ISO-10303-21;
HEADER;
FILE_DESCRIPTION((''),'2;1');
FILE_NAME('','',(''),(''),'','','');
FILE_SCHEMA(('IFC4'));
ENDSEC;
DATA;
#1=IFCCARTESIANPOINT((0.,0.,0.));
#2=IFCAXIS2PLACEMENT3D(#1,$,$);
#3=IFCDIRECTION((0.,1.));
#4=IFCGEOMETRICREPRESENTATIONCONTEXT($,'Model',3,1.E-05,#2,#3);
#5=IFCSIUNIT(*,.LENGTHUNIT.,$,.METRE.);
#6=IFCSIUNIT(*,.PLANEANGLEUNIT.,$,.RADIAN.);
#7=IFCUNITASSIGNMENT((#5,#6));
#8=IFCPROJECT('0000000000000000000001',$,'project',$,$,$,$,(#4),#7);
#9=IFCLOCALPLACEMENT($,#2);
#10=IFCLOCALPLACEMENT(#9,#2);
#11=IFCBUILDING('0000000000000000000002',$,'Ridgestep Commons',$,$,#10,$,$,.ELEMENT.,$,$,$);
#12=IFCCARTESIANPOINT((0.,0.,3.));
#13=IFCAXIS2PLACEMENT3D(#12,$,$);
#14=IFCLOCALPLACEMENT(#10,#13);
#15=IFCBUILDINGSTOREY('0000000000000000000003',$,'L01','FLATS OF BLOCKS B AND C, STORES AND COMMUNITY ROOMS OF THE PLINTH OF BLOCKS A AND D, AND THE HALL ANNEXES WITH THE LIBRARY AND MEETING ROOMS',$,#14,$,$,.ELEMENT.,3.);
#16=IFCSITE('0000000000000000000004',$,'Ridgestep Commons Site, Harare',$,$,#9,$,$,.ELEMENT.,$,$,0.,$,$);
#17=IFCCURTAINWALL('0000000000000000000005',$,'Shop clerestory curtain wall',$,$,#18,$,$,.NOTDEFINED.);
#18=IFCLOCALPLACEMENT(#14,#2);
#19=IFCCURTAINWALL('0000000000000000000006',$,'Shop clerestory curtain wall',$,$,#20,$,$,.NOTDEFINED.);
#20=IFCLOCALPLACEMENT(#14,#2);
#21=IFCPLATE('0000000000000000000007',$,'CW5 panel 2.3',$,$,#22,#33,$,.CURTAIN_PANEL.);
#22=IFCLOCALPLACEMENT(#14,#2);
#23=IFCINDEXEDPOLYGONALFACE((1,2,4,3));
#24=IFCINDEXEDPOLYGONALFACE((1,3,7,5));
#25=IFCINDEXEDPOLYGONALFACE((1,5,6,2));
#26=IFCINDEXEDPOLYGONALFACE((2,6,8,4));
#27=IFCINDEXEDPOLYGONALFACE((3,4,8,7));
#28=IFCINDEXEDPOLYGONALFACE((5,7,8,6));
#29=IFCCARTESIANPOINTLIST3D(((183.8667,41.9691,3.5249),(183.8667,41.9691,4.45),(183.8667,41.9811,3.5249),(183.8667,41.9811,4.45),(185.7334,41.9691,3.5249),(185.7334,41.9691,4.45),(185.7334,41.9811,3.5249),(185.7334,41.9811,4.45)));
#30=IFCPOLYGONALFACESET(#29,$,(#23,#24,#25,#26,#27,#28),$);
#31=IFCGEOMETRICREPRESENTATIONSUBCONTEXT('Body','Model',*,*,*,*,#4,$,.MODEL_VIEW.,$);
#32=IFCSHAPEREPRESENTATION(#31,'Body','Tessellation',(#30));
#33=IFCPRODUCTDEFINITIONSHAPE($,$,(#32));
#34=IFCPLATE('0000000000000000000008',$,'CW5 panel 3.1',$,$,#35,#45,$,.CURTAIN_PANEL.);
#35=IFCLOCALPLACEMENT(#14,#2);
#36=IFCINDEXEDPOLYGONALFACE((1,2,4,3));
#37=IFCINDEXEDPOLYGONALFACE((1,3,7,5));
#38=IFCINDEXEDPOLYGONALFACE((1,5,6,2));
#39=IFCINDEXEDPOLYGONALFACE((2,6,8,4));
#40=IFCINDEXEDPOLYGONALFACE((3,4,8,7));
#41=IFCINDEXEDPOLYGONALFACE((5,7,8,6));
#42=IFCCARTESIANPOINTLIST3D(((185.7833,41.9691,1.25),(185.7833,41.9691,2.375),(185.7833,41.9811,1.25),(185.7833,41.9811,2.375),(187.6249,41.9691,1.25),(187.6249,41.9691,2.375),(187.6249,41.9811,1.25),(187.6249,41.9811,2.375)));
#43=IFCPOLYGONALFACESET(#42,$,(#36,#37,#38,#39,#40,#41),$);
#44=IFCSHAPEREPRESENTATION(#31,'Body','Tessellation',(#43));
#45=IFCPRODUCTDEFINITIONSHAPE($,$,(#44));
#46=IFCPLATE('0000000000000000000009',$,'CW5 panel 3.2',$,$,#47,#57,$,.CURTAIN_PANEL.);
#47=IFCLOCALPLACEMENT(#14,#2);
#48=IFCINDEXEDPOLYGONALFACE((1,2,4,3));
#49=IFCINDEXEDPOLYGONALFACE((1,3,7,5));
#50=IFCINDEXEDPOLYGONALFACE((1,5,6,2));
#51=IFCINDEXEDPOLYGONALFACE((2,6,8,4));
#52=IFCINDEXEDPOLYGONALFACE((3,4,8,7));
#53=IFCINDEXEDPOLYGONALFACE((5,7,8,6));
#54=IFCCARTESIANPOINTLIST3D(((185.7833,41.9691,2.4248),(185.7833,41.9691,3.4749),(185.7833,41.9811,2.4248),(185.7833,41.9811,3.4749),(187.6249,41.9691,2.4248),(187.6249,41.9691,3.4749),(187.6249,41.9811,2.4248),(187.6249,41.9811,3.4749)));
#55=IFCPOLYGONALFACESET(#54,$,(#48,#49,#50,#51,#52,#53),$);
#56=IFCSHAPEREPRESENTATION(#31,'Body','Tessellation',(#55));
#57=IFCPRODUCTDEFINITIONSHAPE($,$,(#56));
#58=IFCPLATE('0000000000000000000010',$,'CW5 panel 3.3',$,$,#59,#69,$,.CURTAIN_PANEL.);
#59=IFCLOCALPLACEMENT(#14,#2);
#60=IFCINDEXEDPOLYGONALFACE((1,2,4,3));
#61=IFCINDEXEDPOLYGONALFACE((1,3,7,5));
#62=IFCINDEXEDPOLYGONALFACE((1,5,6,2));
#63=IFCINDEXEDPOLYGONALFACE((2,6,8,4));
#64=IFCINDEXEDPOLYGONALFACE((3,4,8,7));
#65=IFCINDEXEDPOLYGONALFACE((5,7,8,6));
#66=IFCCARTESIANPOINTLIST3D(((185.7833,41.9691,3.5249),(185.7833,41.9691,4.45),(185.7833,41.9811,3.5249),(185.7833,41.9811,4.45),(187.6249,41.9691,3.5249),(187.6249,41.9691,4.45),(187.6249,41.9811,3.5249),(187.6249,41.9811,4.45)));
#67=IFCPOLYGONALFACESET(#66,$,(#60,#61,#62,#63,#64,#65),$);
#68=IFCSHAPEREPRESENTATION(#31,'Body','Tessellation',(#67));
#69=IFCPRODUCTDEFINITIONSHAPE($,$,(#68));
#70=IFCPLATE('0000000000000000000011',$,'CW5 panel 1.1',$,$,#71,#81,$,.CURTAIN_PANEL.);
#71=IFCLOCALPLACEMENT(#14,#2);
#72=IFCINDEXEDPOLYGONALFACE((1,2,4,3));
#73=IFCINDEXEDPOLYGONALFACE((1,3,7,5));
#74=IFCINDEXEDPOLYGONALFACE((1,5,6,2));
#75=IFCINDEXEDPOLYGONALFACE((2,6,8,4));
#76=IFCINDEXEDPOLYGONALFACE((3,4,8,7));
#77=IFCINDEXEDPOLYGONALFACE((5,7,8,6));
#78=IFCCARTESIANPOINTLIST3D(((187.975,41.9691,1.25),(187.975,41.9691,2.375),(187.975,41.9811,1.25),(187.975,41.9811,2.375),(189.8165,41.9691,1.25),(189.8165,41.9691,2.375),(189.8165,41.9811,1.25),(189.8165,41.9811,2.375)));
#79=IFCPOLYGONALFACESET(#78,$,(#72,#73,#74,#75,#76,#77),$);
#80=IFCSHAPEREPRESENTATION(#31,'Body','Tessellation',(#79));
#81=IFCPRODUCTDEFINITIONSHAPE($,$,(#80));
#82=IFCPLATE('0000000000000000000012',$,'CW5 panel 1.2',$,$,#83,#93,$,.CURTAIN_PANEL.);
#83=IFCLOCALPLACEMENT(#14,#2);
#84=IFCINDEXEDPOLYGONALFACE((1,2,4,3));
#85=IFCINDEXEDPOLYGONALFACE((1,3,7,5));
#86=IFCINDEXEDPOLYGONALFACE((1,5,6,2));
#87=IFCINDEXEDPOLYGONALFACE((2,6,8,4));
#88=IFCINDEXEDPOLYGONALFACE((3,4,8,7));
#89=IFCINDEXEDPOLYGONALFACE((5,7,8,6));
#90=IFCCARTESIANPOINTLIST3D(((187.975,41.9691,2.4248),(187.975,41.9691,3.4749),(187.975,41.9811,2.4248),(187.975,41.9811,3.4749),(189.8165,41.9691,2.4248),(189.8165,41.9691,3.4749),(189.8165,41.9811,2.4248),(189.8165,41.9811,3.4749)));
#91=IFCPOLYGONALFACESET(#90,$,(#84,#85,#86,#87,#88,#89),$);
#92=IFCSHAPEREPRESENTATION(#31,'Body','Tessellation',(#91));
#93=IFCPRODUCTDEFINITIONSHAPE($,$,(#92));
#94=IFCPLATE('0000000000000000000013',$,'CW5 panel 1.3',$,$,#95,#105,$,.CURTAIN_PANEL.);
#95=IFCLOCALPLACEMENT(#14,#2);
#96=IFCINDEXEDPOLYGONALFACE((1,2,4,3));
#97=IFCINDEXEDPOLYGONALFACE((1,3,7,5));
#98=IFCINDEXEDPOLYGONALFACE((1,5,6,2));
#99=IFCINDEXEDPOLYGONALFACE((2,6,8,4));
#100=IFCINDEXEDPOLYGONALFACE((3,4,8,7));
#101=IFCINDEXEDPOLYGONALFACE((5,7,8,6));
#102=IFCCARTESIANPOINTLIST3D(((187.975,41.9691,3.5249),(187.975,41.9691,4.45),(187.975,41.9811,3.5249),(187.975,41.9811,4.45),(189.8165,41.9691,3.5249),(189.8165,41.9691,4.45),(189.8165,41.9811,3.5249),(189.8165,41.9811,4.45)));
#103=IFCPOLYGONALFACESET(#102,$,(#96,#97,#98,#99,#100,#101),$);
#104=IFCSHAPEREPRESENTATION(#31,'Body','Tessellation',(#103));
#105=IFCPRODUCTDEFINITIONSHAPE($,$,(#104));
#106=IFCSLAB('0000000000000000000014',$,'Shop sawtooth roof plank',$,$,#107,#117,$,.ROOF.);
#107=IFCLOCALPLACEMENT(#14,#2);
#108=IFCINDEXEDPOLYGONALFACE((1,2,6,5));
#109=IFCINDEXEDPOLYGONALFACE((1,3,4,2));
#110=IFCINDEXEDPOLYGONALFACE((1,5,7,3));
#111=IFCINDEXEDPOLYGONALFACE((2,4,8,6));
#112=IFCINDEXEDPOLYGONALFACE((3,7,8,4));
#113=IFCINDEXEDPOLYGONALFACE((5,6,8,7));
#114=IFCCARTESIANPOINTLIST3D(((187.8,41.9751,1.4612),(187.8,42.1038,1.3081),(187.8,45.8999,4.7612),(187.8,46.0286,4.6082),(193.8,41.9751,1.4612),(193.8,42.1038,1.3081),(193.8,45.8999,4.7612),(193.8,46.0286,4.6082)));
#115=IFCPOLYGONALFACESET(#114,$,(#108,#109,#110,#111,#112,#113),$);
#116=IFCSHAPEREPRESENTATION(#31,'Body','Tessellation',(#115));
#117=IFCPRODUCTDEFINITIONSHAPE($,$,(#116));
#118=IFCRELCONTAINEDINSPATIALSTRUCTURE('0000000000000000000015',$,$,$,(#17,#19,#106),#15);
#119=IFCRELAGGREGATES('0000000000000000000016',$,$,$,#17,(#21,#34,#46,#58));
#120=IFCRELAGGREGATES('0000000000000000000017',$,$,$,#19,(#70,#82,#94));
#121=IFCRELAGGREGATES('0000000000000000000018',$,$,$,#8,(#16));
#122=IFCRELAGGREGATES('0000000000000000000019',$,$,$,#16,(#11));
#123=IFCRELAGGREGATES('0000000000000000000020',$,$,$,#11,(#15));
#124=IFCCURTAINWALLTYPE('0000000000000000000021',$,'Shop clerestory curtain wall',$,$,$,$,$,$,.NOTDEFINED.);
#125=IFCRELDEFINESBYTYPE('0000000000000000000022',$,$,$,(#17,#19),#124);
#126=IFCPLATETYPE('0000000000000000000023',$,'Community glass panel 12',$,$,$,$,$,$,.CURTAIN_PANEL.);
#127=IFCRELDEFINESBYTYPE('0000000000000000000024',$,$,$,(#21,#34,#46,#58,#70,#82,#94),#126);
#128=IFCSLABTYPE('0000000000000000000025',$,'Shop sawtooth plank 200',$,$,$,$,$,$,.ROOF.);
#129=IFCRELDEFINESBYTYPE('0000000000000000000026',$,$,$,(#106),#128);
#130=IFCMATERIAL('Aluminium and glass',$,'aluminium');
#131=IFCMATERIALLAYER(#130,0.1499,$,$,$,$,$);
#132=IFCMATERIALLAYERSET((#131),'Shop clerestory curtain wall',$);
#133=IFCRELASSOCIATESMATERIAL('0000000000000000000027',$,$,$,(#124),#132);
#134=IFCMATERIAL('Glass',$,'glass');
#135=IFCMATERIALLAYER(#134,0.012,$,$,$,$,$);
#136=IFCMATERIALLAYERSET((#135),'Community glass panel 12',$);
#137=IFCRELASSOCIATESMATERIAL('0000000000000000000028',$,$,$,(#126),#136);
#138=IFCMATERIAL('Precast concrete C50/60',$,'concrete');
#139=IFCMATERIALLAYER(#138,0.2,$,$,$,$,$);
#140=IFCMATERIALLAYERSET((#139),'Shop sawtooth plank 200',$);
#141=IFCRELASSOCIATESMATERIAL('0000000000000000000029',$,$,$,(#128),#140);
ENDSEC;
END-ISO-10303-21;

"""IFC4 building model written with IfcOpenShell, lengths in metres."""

from ifc_helpers import new_model, si_unit, direction, frame, origin, origin_2d, place, context, subcontext, project, spatial, polyline, rectangle, outline, extrude, material, layer, layer_set, type_object, element, aggregate, save


model = new_model("IFC4")

# Units and contexts
model_context = context("Model", 3, precision=1e-05, world=origin(), true_north=direction((0.0, 1.0)))
body_context = subcontext(model_context, "Body", "Model", "MODEL_VIEW")
ifc_project = project(units=[si_unit("LENGTHUNIT", "METRE"), si_unit("PLANEANGLEUNIT", "RADIAN")], contexts=[model_context])

# Site, building, storey
site_placement = place(None, origin())
site = spatial("IfcSite", under=ifc_project, at=site_placement, Name="Ridgestep Commons Site, Harare", CompositionType="ELEMENT", RefElevation=0.0)
building_placement = place(site_placement, origin())
building = spatial("IfcBuilding", under=site, at=building_placement, Name="Ridgestep Commons", CompositionType="ELEMENT")
storey_placement = place(building_placement, frame((0.0, 0.0, 3.0)))
storey = spatial("IfcBuildingStorey", under=building, at=storey_placement, Name="L01", Description="FLATS OF BLOCKS B AND C, STORES AND COMMUNITY ROOMS OF THE PLINTH OF BLOCKS A AND D, AND THE HALL ANNEXES WITH THE LIBRARY AND MEETING ROOMS", CompositionType="ELEMENT", Elevation=3.0)

# Curtain walls
ifc_material_1 = material(Name="Aluminium and glass", Category="aluminium")
ifc_layer_1 = layer(ifc_material_1, 0.1499)
ifc_layer_set_1 = layer_set([ifc_layer_1], Name="Shop clerestory curtain wall")
curtain_wall_type = type_object("IfcCurtainWallType", Name="Shop clerestory curtain wall", PredefinedType="NOTDEFINED", material=ifc_layer_set_1)
curtain_wall_1_placement = place(storey_placement, origin())
curtain_wall_1 = element("IfcCurtainWall", 1, at=curtain_wall_1_placement, inside=storey, type_object=curtain_wall_type, Name="Shop clerestory curtain wall", PredefinedType="NOTDEFINED")
curtain_wall_2_placement = place(storey_placement, origin())
curtain_wall_2 = element("IfcCurtainWall", 2, at=curtain_wall_2_placement, inside=storey, type_object=curtain_wall_type, Name="Shop clerestory curtain wall", PredefinedType="NOTDEFINED")

# Plates
ifc_material_2 = material(Name="Glass", Category="glass")
ifc_layer_2 = layer(ifc_material_2, 0.012)
ifc_layer_set_2 = layer_set([ifc_layer_2], Name="Community glass panel 12")
plate_type = type_object("IfcPlateType", Name="Community glass panel 12", PredefinedType="CURTAIN_PANEL", material=ifc_layer_set_2)
plate_1_placement = place(storey_placement, frame((184.8, 41.9751, 3.5249), z_axis=(0.0, 0.0, 1.0), x_axis=(1.0, 0.0, 0.0)))
plate_1 = element("IfcPlate", 3, at=plate_1_placement, type_object=plate_type, Name="CW5 panel 2.3", PredefinedType="CURTAIN_PANEL", context=body_context, shape_type="SweptSolid", body=[
    extrude(rectangle(XDim=1.8667, YDim=0.012, at=origin_2d()), origin(), (0.0, 0.0, 1.0), 0.925),
])
plate_2_placement = place(storey_placement, frame((186.7041, 41.9751, 1.25), z_axis=(0.0, 0.0, 1.0), x_axis=(1.0, 0.0, 0.0)))
plate_2 = element("IfcPlate", 4, at=plate_2_placement, type_object=plate_type, Name="CW5 panel 3.1", PredefinedType="CURTAIN_PANEL", context=body_context, shape_type="SweptSolid", body=[
    extrude(rectangle(XDim=1.8416, YDim=0.012, at=origin_2d()), origin(), (0.0, 0.0, 1.0), 1.125),
])
plate_3_placement = place(storey_placement, frame((186.7041, 41.9751, 2.4248), z_axis=(0.0, 0.0, 1.0), x_axis=(1.0, 0.0, 0.0)))
plate_3 = element("IfcPlate", 5, at=plate_3_placement, type_object=plate_type, Name="CW5 panel 3.2", PredefinedType="CURTAIN_PANEL", context=body_context, shape_type="SweptSolid", body=[
    extrude(rectangle(XDim=1.8416, YDim=0.012, at=origin_2d()), origin(), (0.0, 0.0, 1.0), 1.05),
])
plate_4_placement = place(storey_placement, frame((186.7041, 41.9751, 3.5249), z_axis=(0.0, 0.0, 1.0), x_axis=(1.0, 0.0, 0.0)))
plate_4 = element("IfcPlate", 6, at=plate_4_placement, type_object=plate_type, Name="CW5 panel 3.3", PredefinedType="CURTAIN_PANEL", context=body_context, shape_type="SweptSolid", body=[
    extrude(rectangle(XDim=1.8416, YDim=0.012, at=origin_2d()), origin(), (0.0, 0.0, 1.0), 0.925),
])
aggregate(curtain_wall_1, [plate_1, plate_2, plate_3, plate_4])
plate_5_placement = place(storey_placement, frame((188.8958, 41.9751, 1.25), z_axis=(0.0, 0.0, 1.0), x_axis=(1.0, 0.0, 0.0)))
plate_5 = element("IfcPlate", 7, at=plate_5_placement, type_object=plate_type, Name="CW5 panel 1.1", PredefinedType="CURTAIN_PANEL", context=body_context, shape_type="SweptSolid", body=[
    extrude(rectangle(XDim=1.8416, YDim=0.012, at=origin_2d()), origin(), (0.0, 0.0, 1.0), 1.125),
])
plate_6_placement = place(storey_placement, frame((188.8958, 41.9751, 2.4248), z_axis=(0.0, 0.0, 1.0), x_axis=(1.0, 0.0, 0.0)))
plate_6 = element("IfcPlate", 8, at=plate_6_placement, type_object=plate_type, Name="CW5 panel 1.2", PredefinedType="CURTAIN_PANEL", context=body_context, shape_type="SweptSolid", body=[
    extrude(rectangle(XDim=1.8416, YDim=0.012, at=origin_2d()), origin(), (0.0, 0.0, 1.0), 1.05),
])
plate_7_placement = place(storey_placement, frame((188.8958, 41.9751, 3.5249), z_axis=(0.0, 0.0, 1.0), x_axis=(1.0, 0.0, 0.0)))
plate_7 = element("IfcPlate", 9, at=plate_7_placement, type_object=plate_type, Name="CW5 panel 1.3", PredefinedType="CURTAIN_PANEL", context=body_context, shape_type="SweptSolid", body=[
    extrude(rectangle(XDim=1.8416, YDim=0.012, at=origin_2d()), origin(), (0.0, 0.0, 1.0), 0.925),
])
aggregate(curtain_wall_2, [plate_5, plate_6, plate_7])

# Slab
ifc_material_3 = material(Name="Precast concrete C50/60", Category="concrete")
ifc_layer_3 = layer(ifc_material_3, 0.2)
ifc_layer_set_3 = layer_set([ifc_layer_3], Name="Shop sawtooth plank 200")
slab_type = type_object("IfcSlabType", Name="Shop sawtooth plank 200", PredefinedType="ROOF", material=ifc_layer_set_3)
slab_placement = place(storey_placement, frame((187.8, 41.9751, 1.4612), z_axis=(0.0, -0.643559, 0.765396), x_axis=(1.0, 0.0, 0.0)))
element("IfcSlab", 10, at=slab_placement, inside=storey, type_object=slab_type, Name="Shop sawtooth roof plank", PredefinedType="ROOF", context=body_context, shape_type="SweptSolid", body=[
    extrude(outline(polyline([(0.0, 0.0), (6.0, 0.0), (6.0, 5.1278), (0.0, 5.1278), (0.0, 0.0)])), origin(), (0.0, 0.0, -1.0), 0.2),
])

save(model, "model.ifc")
